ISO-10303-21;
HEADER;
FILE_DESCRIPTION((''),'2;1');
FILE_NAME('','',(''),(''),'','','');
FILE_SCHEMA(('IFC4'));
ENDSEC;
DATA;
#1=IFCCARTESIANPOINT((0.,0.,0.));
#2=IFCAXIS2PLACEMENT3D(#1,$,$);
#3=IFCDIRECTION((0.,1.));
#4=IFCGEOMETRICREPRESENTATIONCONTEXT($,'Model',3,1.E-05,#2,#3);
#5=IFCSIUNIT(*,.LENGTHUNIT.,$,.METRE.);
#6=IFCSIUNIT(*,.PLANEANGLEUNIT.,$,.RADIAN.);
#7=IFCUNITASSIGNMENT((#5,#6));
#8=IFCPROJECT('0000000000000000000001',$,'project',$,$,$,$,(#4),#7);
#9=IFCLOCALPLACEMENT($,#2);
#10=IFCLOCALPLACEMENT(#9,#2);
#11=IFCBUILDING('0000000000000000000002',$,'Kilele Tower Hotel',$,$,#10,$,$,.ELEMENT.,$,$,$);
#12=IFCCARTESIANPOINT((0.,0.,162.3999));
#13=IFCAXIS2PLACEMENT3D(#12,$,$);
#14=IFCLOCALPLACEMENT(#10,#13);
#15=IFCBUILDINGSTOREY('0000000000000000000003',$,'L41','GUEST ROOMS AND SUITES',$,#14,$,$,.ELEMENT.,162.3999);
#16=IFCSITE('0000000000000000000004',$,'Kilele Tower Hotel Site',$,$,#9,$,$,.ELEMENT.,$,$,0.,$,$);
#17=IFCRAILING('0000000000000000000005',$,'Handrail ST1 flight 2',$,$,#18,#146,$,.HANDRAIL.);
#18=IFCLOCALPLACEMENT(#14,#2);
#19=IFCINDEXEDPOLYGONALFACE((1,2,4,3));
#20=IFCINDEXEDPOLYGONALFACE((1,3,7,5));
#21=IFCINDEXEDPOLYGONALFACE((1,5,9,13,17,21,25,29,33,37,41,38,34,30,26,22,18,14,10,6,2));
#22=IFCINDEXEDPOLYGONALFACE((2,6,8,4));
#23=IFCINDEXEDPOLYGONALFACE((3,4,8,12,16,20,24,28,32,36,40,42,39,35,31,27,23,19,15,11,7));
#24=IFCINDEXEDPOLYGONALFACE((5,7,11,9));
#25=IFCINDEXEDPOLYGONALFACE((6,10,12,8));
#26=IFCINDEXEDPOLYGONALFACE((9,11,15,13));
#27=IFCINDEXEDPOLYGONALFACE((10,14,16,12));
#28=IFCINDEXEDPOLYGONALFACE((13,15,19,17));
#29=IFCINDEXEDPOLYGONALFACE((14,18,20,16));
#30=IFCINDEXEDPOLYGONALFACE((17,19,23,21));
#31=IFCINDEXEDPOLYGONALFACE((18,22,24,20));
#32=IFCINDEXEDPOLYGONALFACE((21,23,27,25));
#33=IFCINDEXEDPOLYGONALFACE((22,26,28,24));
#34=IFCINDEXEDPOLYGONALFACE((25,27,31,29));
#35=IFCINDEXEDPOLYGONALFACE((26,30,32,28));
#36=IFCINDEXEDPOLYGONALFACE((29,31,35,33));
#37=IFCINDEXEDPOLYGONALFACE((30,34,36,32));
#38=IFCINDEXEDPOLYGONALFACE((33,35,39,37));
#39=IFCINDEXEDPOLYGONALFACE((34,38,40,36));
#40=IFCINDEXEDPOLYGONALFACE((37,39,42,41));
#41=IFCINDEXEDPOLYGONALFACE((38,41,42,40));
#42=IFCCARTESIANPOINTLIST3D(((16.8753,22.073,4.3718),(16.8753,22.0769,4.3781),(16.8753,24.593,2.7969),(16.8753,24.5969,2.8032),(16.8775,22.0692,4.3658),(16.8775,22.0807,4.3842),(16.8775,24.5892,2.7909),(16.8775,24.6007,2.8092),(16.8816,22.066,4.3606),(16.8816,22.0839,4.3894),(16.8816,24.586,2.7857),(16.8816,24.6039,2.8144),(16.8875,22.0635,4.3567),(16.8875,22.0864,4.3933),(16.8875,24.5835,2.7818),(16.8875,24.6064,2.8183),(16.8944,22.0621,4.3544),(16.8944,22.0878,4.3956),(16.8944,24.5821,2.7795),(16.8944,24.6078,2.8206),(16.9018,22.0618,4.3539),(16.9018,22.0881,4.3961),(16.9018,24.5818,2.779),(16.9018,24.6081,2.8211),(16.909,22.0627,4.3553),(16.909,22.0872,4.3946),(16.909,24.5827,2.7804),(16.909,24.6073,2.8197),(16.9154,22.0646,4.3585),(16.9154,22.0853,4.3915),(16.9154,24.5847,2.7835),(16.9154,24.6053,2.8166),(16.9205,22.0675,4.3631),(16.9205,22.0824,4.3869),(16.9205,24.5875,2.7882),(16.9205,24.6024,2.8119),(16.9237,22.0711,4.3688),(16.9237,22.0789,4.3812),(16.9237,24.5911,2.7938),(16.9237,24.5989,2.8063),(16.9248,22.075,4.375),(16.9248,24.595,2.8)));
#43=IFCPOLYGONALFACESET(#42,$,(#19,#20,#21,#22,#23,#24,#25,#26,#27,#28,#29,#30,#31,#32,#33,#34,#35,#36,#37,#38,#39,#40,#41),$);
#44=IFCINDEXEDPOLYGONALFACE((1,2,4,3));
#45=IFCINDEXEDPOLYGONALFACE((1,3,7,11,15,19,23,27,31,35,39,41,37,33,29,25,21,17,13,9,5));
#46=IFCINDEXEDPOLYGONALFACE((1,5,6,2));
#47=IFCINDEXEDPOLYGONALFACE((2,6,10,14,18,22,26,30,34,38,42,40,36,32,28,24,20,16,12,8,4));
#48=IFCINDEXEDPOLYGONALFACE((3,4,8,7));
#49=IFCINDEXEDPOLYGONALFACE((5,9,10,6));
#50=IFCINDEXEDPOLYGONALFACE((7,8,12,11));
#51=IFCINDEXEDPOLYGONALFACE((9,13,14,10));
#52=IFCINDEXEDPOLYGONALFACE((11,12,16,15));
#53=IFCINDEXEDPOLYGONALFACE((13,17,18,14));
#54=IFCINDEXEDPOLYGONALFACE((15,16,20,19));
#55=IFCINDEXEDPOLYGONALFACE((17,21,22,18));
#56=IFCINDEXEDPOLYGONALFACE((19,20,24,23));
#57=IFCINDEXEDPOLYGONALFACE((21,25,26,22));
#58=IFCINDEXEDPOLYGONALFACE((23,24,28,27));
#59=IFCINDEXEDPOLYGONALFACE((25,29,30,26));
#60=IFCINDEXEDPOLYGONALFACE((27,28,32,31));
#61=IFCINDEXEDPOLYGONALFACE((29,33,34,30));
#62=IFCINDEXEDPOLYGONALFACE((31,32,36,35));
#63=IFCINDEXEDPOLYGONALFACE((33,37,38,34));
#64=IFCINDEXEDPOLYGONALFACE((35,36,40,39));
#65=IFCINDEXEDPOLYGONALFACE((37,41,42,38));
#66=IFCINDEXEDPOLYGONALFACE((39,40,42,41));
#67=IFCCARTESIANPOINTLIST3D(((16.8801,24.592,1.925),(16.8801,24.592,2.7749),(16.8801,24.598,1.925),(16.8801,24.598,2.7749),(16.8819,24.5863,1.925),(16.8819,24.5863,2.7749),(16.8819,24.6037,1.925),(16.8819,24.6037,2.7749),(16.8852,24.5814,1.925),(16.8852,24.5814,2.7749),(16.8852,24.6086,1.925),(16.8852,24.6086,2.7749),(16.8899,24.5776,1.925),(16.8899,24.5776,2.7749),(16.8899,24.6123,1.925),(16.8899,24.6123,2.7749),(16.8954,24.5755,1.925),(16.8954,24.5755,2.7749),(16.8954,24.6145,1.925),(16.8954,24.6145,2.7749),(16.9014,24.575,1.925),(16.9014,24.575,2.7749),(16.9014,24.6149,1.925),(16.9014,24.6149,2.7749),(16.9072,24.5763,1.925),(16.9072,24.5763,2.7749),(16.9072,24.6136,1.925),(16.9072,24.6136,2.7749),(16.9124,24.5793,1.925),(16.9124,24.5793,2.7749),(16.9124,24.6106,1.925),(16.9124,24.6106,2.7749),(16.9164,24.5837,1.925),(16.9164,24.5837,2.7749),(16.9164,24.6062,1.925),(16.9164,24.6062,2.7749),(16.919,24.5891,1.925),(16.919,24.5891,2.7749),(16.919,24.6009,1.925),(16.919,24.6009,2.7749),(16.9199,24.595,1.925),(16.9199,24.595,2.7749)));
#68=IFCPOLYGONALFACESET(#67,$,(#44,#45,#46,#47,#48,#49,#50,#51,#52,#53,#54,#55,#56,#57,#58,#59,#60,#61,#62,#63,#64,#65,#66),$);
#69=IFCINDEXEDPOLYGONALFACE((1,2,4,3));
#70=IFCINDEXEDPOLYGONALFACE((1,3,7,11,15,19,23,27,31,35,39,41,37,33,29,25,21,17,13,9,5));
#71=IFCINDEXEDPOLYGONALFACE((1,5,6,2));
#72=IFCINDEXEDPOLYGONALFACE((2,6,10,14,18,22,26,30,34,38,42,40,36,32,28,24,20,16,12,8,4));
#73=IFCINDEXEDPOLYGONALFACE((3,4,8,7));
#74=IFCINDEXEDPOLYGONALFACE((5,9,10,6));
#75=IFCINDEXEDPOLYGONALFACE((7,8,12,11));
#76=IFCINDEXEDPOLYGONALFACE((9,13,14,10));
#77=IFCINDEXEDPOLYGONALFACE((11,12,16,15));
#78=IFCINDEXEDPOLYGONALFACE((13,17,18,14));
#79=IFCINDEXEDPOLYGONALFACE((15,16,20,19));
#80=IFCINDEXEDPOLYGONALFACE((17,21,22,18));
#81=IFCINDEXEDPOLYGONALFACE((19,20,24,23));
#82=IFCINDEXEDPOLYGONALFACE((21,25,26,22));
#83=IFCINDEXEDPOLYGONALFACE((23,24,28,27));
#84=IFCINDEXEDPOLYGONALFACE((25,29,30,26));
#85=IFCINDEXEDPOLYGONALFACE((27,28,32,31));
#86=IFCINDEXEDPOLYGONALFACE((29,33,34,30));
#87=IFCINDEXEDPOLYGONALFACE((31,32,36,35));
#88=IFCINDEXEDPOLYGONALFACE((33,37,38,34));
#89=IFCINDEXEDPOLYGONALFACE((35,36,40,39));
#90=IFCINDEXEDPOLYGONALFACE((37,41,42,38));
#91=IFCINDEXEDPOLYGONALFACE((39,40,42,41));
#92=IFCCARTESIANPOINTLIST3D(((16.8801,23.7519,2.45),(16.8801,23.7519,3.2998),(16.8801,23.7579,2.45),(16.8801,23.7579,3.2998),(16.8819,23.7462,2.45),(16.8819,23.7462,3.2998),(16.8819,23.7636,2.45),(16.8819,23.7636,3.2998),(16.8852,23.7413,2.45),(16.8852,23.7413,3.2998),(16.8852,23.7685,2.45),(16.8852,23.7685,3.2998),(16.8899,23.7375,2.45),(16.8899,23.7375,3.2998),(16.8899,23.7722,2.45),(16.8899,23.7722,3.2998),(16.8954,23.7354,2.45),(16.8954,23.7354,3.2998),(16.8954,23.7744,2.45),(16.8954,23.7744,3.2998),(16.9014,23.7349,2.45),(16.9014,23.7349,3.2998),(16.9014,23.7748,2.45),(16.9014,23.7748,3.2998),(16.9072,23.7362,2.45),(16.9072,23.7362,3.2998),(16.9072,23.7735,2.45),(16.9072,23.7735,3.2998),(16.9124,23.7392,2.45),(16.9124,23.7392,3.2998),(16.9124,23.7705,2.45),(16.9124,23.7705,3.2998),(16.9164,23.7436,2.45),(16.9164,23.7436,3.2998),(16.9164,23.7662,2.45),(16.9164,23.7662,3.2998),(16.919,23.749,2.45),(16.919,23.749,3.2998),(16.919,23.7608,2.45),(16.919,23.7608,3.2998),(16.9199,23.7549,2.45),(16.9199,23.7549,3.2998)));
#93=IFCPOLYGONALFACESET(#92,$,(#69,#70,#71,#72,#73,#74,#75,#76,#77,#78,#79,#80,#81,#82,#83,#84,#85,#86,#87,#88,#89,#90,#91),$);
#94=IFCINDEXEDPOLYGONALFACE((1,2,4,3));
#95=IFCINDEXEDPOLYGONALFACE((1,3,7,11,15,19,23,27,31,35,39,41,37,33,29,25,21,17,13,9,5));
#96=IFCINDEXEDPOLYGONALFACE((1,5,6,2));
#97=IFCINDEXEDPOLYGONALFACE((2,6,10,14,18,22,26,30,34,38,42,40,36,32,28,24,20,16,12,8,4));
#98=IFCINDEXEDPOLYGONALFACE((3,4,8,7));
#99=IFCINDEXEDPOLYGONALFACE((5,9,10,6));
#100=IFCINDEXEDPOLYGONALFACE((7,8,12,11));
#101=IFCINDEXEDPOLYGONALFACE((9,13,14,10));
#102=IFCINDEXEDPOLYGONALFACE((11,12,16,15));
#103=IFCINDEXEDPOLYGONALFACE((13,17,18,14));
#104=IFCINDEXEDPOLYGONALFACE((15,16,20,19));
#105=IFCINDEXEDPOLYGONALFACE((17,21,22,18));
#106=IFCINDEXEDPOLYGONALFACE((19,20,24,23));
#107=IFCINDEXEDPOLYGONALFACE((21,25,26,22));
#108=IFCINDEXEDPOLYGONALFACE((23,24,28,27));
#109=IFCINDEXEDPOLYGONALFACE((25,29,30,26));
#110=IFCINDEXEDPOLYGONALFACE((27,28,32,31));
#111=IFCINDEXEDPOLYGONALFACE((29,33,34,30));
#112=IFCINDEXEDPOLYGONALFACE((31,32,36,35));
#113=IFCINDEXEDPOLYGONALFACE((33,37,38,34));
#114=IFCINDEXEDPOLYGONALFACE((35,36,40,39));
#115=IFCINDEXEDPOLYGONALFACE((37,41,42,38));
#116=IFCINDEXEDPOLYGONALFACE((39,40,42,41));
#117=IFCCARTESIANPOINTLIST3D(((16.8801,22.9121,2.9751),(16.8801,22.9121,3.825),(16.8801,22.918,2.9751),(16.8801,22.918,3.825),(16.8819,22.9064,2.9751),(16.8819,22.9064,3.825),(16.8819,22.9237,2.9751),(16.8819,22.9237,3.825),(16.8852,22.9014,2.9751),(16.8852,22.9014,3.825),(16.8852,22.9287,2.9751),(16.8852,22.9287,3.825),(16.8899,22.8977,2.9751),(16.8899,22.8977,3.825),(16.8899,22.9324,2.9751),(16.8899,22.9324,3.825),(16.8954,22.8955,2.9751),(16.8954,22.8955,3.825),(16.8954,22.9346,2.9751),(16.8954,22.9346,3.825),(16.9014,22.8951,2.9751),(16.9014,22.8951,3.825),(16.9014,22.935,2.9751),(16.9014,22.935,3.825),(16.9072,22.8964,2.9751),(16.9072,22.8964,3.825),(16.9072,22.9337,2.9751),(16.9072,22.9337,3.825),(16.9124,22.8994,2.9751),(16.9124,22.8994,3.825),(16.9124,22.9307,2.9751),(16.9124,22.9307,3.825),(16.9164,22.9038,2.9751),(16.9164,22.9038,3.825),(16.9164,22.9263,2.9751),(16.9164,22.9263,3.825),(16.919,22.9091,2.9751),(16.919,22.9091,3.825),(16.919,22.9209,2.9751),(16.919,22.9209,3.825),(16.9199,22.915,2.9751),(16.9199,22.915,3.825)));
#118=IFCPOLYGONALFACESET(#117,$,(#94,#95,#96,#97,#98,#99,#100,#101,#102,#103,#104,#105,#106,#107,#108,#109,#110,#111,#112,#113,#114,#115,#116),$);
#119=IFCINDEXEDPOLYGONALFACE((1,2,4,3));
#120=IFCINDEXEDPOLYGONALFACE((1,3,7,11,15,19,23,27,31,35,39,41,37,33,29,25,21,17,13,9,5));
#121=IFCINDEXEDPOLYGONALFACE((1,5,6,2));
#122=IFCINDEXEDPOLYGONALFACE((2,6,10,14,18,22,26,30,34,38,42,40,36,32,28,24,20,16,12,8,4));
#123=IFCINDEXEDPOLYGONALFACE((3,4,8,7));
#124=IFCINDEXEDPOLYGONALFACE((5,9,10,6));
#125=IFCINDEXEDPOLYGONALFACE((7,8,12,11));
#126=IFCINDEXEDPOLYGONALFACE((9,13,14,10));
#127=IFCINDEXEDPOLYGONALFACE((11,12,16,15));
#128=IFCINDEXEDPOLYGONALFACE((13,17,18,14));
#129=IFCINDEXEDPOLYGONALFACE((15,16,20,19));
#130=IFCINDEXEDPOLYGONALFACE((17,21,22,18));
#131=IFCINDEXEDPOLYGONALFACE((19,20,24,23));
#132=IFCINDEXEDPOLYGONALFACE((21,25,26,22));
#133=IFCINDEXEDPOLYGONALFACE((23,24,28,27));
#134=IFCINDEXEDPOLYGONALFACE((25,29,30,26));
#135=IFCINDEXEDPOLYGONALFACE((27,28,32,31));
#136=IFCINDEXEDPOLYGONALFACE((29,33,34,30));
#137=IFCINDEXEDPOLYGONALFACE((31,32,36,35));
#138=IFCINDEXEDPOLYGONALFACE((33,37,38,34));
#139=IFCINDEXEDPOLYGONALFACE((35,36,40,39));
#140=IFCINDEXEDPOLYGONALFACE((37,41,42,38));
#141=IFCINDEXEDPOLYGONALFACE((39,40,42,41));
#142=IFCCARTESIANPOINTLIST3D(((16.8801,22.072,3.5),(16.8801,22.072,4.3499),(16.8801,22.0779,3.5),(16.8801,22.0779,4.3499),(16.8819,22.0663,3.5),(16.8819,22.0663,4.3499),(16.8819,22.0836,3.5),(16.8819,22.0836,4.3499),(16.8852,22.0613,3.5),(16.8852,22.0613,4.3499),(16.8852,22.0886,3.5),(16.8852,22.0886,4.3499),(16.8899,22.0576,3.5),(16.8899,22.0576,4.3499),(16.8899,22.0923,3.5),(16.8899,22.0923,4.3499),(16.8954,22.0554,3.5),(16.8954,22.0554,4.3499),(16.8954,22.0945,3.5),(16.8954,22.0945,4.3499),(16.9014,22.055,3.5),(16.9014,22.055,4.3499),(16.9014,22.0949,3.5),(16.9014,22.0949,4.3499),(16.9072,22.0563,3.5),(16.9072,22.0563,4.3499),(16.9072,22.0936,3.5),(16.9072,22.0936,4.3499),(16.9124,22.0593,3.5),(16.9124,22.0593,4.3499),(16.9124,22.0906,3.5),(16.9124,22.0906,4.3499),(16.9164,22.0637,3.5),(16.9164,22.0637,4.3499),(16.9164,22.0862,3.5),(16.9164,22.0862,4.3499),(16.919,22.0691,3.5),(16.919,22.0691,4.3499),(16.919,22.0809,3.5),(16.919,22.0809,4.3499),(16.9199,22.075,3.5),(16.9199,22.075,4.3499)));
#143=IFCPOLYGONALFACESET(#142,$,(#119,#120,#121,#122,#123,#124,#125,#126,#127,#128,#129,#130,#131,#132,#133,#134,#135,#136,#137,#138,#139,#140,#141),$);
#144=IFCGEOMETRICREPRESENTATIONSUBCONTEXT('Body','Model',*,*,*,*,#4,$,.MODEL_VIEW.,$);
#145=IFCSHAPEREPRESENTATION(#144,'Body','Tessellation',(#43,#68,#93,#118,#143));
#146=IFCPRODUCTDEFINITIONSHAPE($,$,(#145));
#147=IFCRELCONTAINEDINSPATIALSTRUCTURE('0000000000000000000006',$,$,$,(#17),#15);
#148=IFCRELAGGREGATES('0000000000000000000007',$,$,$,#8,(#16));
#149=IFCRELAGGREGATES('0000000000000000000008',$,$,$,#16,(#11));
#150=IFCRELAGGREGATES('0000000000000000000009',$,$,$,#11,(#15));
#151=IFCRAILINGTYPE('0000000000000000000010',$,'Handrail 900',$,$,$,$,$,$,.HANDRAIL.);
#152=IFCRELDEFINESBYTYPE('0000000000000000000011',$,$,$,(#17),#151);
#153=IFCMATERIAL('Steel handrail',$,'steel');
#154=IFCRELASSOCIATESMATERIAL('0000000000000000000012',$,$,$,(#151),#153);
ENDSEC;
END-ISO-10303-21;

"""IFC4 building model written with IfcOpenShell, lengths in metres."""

from ifc_helpers import new_model, si_unit, direction, frame, origin, origin_2d, place, context, subcontext, project, spatial, circle, extrude, material, type_object, element, save


model = new_model("IFC4")

# Units and contexts
model_context = context("Model", 3, precision=1e-05, world=origin(), true_north=direction((0.0, 1.0)))
body_context = subcontext(model_context, "Body", "Model", "MODEL_VIEW")
ifc_project = project(units=[si_unit("LENGTHUNIT", "METRE"), si_unit("PLANEANGLEUNIT", "RADIAN")], contexts=[model_context])

# Site, building, storey
site_placement = place(None, origin())
site = spatial("IfcSite", under=ifc_project, at=site_placement, Name="Kilele Tower Hotel Site", CompositionType="ELEMENT", RefElevation=0.0)
building_placement = place(site_placement, origin())
building = spatial("IfcBuilding", under=site, at=building_placement, Name="Kilele Tower Hotel", CompositionType="ELEMENT")
storey_placement = place(building_placement, frame((0.0, 0.0, 162.3999)))
storey = spatial("IfcBuildingStorey", under=building, at=storey_placement, Name="L41", Description="GUEST ROOMS AND SUITES", CompositionType="ELEMENT", Elevation=162.3999)

# Railing
ifc_material_1 = material(Name="Steel handrail", Category="steel")
railing_type_1 = type_object("IfcRailingType", Name="Handrail 900", PredefinedType="HANDRAIL", material=ifc_material_1)
for number, where, name in (
    (1, (16.8999, 24.595, 1.925), "Handrail ST1 flight 2"),
):
    element("IfcRailing", number, at=place(storey_placement, frame(where)), inside=storey, type_object=railing_type_1, Name=name, PredefinedType="HANDRAIL", context=body_context, shape_type="SweptSolid", body=[
        extrude(circle(Radius=0.0249, at=origin_2d()), frame((0.0, 0.0, 0.875), z_axis=(0.0, -0.848008, 0.529984), x_axis=(1.0, 0.0, 0.0)), (0.0, 0.0, 1.0), 2.9717),
        extrude(circle(Radius=0.02, at=origin_2d()), origin(), (0.0, 0.0, 1.0), 0.8499),
        extrude(circle(Radius=0.02, at=origin_2d()), frame((0.0, -0.8401, 0.5249)), (0.0, 0.0, 1.0), 0.8499),
        extrude(circle(Radius=0.02, at=origin_2d()), frame((0.0, -1.6799, 1.05)), (0.0, 0.0, 1.0), 0.8499),
        extrude(circle(Radius=0.02, at=origin_2d()), frame((0.0, -2.52, 1.575)), (0.0, 0.0, 1.0), 0.8499),
    ])

save(model, "model.ifc")
